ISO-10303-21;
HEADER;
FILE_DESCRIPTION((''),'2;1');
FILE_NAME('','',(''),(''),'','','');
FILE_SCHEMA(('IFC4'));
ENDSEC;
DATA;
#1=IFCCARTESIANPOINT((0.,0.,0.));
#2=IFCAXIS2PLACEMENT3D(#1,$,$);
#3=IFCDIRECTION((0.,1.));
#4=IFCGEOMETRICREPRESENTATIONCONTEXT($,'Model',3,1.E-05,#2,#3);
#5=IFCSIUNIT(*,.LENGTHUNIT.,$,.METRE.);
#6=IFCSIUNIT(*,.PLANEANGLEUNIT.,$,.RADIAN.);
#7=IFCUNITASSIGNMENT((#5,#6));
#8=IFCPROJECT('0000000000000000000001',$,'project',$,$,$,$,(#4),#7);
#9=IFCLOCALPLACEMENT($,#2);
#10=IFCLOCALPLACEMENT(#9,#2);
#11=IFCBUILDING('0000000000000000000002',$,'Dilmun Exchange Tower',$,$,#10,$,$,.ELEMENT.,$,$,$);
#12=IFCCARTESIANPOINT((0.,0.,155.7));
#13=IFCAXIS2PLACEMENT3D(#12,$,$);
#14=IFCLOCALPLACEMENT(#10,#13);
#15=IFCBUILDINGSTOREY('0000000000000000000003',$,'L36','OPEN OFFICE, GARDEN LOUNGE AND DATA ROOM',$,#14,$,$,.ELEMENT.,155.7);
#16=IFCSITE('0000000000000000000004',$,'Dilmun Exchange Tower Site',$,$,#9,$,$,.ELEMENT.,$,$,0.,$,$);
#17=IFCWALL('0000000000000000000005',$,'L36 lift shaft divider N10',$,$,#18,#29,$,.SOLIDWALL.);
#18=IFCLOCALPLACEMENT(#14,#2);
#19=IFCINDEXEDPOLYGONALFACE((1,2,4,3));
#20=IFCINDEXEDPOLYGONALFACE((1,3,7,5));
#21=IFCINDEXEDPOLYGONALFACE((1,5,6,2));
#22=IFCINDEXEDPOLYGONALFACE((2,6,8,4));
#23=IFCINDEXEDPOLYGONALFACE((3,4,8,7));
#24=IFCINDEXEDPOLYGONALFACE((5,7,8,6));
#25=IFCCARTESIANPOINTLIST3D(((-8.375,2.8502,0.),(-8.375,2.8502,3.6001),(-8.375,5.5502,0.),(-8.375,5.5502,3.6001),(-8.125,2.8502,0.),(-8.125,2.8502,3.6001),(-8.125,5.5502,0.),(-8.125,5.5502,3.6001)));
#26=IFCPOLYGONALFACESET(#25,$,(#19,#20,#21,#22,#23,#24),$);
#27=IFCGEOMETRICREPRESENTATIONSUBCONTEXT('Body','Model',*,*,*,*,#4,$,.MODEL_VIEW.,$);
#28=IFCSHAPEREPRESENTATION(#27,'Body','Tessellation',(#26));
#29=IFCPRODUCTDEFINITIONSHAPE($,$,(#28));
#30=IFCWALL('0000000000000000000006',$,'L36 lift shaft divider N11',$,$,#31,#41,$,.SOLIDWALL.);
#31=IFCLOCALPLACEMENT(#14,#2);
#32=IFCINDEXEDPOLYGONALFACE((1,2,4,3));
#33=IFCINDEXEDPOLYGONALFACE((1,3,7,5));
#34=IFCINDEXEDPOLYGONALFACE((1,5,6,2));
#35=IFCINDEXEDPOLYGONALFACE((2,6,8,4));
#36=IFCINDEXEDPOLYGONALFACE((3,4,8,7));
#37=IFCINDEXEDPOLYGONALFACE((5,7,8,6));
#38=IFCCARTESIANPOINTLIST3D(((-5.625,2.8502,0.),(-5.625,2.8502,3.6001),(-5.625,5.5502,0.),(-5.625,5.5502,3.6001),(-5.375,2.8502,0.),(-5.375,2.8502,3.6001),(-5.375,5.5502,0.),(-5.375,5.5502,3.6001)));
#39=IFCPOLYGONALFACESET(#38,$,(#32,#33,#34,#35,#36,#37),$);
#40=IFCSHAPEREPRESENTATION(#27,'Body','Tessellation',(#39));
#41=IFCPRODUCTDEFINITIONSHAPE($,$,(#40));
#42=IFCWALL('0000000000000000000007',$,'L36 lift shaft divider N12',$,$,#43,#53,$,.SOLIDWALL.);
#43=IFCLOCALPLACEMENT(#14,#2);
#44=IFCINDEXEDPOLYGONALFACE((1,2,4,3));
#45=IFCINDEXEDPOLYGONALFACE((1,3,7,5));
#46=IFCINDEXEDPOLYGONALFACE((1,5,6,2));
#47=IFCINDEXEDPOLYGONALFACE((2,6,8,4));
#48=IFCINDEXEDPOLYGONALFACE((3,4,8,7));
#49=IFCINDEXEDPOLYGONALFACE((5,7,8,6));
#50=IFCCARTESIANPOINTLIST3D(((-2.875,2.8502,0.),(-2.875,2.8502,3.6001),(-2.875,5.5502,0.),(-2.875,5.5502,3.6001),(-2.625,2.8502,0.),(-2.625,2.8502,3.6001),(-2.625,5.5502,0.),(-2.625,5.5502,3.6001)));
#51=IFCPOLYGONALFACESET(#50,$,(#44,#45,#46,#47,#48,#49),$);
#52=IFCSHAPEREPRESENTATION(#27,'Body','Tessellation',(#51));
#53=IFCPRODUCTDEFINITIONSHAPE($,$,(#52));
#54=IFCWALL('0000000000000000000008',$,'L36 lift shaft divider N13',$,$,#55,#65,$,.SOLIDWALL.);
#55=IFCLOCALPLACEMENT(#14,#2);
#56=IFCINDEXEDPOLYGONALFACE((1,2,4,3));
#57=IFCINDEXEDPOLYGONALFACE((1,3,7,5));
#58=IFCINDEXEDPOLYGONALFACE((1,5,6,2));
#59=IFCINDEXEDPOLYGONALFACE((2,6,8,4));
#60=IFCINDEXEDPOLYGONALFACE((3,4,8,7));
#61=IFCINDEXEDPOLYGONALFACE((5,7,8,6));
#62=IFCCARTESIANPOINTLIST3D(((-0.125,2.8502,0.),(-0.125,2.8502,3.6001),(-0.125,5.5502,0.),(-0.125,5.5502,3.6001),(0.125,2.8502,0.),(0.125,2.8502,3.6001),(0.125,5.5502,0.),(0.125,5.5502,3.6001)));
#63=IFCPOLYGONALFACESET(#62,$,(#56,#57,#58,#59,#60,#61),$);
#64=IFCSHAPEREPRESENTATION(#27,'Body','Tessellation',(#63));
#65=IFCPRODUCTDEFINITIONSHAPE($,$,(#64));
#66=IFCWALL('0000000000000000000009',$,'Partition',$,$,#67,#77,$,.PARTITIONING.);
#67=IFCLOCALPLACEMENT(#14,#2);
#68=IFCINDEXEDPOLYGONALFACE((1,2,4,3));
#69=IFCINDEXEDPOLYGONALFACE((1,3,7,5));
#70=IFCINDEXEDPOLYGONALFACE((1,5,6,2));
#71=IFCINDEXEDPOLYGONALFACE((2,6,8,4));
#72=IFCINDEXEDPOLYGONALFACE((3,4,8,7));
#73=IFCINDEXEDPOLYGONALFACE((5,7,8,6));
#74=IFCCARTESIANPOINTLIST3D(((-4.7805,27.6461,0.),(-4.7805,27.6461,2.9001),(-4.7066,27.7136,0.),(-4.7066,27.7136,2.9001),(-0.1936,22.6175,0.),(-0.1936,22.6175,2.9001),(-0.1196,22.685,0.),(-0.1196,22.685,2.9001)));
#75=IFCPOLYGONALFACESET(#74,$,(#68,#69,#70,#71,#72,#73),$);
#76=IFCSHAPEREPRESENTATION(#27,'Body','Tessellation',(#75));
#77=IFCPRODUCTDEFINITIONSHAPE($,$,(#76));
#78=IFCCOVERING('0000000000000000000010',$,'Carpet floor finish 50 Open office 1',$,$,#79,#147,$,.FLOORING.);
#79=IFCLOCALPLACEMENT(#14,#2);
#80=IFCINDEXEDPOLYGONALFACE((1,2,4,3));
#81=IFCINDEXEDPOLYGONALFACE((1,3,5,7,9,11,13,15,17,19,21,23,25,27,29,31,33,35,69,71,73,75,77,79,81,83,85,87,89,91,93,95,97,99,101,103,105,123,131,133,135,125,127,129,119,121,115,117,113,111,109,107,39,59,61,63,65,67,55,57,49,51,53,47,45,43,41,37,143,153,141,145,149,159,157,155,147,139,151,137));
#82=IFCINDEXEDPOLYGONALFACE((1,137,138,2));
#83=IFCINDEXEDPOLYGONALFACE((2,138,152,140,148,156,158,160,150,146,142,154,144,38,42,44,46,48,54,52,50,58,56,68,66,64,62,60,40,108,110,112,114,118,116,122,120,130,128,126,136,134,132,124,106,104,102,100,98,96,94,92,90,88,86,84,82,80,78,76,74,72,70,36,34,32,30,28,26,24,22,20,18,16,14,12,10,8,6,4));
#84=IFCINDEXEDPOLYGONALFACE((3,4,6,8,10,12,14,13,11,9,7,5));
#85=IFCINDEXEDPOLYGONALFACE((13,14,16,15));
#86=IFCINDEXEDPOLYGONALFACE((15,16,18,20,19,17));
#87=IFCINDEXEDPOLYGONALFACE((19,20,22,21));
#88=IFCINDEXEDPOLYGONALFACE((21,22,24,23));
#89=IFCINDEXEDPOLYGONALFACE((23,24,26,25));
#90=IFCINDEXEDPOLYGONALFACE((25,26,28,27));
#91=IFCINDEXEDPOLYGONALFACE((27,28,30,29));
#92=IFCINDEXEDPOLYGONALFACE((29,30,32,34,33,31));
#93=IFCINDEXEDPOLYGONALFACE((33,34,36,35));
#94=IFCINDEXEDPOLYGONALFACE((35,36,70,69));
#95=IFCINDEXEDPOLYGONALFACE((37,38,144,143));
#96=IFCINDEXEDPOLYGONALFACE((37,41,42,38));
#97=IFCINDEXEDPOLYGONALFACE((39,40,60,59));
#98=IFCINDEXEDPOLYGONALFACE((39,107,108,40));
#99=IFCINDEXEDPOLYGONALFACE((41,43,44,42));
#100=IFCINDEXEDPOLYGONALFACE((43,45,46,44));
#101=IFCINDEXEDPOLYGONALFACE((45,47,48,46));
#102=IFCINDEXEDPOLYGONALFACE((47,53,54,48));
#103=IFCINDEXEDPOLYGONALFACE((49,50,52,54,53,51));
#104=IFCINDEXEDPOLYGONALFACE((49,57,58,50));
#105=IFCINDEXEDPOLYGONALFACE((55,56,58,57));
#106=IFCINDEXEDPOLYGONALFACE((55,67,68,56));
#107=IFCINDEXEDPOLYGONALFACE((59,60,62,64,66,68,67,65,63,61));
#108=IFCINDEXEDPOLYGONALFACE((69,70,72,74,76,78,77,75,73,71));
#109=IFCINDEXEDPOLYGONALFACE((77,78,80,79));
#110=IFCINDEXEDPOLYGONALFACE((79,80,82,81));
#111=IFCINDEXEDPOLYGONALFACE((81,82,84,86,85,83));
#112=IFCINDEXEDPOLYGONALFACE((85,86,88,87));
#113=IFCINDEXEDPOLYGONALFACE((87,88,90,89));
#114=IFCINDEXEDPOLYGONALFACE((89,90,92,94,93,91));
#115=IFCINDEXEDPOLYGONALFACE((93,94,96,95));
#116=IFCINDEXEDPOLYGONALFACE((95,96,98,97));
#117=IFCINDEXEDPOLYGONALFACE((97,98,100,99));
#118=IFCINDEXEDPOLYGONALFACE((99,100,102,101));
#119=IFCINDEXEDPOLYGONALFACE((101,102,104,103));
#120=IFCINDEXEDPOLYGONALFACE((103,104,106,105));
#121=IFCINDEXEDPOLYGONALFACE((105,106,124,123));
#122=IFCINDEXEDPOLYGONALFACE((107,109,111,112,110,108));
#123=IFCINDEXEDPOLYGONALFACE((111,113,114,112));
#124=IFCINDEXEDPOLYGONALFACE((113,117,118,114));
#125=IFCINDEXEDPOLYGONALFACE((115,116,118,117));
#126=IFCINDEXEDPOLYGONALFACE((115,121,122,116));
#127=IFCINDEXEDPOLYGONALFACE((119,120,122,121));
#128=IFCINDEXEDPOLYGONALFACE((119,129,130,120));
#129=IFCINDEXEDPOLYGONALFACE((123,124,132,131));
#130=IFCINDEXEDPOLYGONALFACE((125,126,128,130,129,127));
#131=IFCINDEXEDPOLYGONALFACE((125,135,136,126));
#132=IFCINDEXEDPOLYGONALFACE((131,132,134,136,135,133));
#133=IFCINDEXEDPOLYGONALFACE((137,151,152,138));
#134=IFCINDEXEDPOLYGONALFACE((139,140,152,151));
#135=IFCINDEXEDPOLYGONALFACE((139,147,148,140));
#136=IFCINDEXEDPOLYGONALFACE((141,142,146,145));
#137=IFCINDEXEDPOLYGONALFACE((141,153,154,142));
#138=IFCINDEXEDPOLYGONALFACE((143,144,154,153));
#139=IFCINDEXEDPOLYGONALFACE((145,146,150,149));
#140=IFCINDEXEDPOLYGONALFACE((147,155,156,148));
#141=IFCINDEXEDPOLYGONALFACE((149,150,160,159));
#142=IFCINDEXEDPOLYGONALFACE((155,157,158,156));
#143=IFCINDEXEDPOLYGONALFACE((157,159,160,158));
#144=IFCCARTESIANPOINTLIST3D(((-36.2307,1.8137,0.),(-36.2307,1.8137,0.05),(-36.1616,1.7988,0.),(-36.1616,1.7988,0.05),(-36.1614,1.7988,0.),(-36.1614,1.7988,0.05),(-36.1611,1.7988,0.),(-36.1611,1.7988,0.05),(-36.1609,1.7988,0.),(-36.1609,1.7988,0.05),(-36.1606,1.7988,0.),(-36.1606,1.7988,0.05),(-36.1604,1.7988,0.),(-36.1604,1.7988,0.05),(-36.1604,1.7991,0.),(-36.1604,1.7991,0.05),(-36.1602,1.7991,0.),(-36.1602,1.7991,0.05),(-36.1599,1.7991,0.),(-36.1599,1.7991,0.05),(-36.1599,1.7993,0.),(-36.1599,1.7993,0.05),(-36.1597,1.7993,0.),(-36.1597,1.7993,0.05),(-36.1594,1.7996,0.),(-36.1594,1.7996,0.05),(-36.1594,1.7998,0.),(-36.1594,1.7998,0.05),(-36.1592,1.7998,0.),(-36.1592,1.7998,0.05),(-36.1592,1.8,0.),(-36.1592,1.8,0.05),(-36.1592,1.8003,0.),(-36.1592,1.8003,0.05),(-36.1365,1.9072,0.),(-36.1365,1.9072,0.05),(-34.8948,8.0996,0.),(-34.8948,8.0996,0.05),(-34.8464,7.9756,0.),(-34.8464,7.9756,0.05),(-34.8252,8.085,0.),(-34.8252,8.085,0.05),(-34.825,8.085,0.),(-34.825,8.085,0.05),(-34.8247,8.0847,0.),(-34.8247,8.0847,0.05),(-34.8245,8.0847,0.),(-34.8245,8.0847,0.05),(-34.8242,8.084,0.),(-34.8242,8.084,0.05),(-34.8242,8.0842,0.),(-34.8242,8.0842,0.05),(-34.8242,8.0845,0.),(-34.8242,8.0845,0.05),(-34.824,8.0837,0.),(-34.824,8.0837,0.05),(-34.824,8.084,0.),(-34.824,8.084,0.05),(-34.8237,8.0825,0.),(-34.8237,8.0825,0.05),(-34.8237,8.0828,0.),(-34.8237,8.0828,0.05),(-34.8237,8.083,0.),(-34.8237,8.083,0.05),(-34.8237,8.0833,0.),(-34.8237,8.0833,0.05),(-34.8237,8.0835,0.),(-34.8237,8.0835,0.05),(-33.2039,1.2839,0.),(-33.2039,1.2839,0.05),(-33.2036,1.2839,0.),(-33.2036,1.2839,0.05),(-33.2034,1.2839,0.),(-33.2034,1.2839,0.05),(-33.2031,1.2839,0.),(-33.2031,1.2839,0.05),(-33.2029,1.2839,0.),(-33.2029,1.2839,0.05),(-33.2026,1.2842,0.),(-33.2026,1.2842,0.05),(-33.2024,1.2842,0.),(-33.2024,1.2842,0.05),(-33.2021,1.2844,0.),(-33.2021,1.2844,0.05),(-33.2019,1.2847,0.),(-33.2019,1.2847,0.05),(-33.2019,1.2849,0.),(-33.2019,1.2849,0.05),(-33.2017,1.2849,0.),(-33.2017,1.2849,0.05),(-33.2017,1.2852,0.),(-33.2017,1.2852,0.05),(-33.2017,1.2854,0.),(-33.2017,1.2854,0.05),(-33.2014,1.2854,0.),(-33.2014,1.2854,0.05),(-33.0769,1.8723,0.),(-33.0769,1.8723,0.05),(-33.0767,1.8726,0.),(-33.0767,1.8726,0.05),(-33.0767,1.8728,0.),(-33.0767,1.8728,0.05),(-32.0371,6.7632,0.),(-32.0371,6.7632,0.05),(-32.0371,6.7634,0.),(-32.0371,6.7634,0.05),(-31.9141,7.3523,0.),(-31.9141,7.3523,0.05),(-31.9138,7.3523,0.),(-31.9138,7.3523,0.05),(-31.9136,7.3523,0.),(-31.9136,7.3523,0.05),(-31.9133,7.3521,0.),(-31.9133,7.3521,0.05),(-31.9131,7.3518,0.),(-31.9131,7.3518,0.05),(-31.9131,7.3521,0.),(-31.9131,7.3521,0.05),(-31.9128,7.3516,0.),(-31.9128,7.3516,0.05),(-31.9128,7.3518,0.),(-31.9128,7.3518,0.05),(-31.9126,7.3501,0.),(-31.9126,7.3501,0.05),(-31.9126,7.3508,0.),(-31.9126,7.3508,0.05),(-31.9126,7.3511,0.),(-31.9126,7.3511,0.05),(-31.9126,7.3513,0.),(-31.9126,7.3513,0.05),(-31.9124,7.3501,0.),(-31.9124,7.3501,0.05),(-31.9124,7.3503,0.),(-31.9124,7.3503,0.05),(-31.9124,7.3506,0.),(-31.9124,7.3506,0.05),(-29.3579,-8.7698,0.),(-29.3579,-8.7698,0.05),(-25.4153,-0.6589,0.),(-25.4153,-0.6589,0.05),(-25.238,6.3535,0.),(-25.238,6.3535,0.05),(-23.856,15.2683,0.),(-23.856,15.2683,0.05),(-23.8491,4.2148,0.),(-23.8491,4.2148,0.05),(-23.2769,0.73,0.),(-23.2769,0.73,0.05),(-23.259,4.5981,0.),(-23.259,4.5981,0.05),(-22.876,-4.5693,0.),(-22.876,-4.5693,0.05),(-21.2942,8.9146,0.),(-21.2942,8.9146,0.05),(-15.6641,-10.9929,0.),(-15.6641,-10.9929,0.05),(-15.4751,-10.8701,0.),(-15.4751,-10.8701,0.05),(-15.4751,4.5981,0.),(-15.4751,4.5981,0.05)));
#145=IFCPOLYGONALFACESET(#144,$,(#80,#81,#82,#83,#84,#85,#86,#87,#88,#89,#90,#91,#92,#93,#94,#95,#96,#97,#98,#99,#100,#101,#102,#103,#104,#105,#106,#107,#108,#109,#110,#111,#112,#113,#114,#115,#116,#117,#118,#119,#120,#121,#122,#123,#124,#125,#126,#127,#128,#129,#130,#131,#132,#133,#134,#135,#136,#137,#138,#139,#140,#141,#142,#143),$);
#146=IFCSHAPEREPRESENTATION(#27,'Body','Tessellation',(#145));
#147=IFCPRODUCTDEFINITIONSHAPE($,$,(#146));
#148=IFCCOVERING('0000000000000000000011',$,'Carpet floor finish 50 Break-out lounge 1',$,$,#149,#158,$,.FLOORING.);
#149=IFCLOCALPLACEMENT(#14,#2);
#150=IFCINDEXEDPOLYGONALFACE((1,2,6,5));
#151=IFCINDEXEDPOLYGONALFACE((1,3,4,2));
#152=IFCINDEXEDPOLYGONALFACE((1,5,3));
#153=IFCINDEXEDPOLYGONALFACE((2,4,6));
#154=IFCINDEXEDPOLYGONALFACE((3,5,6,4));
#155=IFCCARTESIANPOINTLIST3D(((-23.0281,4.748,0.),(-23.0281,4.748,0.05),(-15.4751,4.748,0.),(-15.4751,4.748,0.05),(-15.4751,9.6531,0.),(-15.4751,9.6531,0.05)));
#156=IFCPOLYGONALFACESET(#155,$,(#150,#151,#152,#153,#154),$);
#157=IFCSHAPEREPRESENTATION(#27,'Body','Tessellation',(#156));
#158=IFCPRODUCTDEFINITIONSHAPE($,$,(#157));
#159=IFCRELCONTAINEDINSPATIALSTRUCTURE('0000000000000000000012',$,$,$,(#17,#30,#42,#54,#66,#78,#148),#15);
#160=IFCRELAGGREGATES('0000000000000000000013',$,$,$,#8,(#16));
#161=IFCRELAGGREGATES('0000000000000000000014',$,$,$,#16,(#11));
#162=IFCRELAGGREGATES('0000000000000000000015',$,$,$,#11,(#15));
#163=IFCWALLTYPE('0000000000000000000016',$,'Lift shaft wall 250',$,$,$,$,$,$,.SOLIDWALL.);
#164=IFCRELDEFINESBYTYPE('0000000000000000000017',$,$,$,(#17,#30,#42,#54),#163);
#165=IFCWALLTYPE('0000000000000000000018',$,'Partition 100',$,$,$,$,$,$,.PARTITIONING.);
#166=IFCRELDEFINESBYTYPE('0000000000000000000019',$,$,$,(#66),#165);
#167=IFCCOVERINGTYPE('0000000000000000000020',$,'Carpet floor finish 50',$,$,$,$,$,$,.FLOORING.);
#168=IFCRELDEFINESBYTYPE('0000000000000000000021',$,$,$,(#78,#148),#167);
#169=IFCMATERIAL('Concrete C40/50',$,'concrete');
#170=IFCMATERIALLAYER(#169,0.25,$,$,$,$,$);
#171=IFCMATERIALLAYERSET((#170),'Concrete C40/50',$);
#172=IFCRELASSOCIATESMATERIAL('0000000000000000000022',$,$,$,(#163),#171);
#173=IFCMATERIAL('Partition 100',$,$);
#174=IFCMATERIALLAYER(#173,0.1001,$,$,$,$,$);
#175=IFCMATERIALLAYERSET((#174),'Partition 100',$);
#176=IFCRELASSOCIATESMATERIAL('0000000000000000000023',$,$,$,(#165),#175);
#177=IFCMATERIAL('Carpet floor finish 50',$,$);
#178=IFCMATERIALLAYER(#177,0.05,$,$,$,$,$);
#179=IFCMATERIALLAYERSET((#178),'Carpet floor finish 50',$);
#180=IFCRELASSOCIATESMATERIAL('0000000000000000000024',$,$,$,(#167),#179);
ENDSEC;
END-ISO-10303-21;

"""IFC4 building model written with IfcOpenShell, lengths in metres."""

from ifc_helpers import new_model, si_unit, direction, frame, frame_2d, origin, place, context, subcontext, project, spatial, polyline, rectangle, outline, extrude, material, layer, layer_set, type_object, element, save


model = new_model("IFC4")

# Units and contexts
model_context = context("Model", 3, precision=1e-05, world=origin(), true_north=direction((0.0, 1.0)))
body_context = subcontext(model_context, "Body", "Model", "MODEL_VIEW")
ifc_project = project(units=[si_unit("LENGTHUNIT", "METRE"), si_unit("PLANEANGLEUNIT", "RADIAN")], contexts=[model_context])

# Site, building, storey
site_placement = place(None, origin())
site = spatial("IfcSite", under=ifc_project, at=site_placement, Name="Dilmun Exchange Tower Site", CompositionType="ELEMENT", RefElevation=0.0)
building_placement = place(site_placement, origin())
building = spatial("IfcBuilding", under=site, at=building_placement, Name="Dilmun Exchange Tower", CompositionType="ELEMENT")
storey_placement = place(building_placement, frame((0.0, 0.0, 155.7)))
storey = spatial("IfcBuildingStorey", under=building, at=storey_placement, Name="L36", Description="OPEN OFFICE, GARDEN LOUNGE AND DATA ROOM", CompositionType="ELEMENT", Elevation=155.7)

# Shared definitions
ifc_material_1 = material(Name="Concrete C40/50", Category="concrete")

# Walls
ifc_layer_1 = layer(ifc_material_1, 0.25)
ifc_layer_set_1 = layer_set([ifc_layer_1], Name="Concrete C40/50")
wall_type_1 = type_object("IfcWallType", Name="Lift shaft wall 250", PredefinedType="SOLIDWALL", material=ifc_layer_set_1)
for number, where, z_axis, x_axis, name in (
    (1, (-8.25, 2.8501, 0.0), (0.0, 0.0, 1.0), (0.0, 1.0, 0.0), "L36 lift shaft divider N10"),
    (2, (-5.5, 2.8501, 0.0), (0.0, 0.0, 1.0), (0.0, 1.0, 0.0), "L36 lift shaft divider N11"),
    (3, (-2.75, 2.8501, 0.0), (0.0, 0.0, 1.0), (0.0, 1.0, 0.0), "L36 lift shaft divider N12"),
    (4, (0.0, 2.8501, 0.0), (0.0, 0.0, 1.0), (0.0, 1.0, 0.0), "L36 lift shaft divider N13"),
):
    element("IfcWall", number, at=place(storey_placement, frame(where, z_axis=z_axis, x_axis=x_axis)), inside=storey, type_object=wall_type_1, Name=name, PredefinedType="SOLIDWALL", context=body_context, shape_type="SweptSolid", body=[
        extrude(rectangle(XDim=2.7, YDim=0.25, at=frame_2d((1.3501, 0.0))), origin(), (0.0, 0.0, 1.0), 3.6001),
    ])
ifc_material_2 = material(Name="Partition 100")
ifc_layer_2 = layer(ifc_material_2, 0.1001)
ifc_layer_set_2 = layer_set([ifc_layer_2], Name="Partition 100")
wall_type_2 = type_object("IfcWallType", Name="Partition 100", PredefinedType="PARTITIONING", material=ifc_layer_set_2)
wall_1_placement = place(storey_placement, frame((-4.7437, 27.6799, 0.0), z_axis=(0.0, 0.0, 1.0), x_axis=(0.673918, -0.738806, 0.0)))
element("IfcWall", 5, at=wall_1_placement, inside=storey, type_object=wall_type_2, Name="Partition", PredefinedType="PARTITIONING", context=body_context, shape_type="SweptSolid", body=[
    extrude(rectangle(XDim=6.8064, YDim=0.1001, at=frame_2d((3.4033, 0.0))), origin(), (0.0, 0.0, 1.0), 2.9001),
])

# Coverings
ifc_material_3 = material(Name="Carpet floor finish 50")
ifc_layer_3 = layer(ifc_material_3, 0.05)
ifc_layer_set_3 = layer_set([ifc_layer_3], Name="Carpet floor finish 50")
covering_type_1 = type_object("IfcCoveringType", Name="Carpet floor finish 50", PredefinedType="FLOORING", material=ifc_layer_set_3)
covering_1_placement = place(storey_placement, origin())
element("IfcCovering", 6, at=covering_1_placement, inside=storey, type_object=covering_type_1, Name="Carpet floor finish 50 Open office 1", PredefinedType="FLOORING", context=body_context, shape_type="SweptSolid", body=[
    extrude(outline(polyline([(-23.2769, 0.73), (-25.4153, -0.6589), (-22.876, -4.5693), (-29.3579, -8.7698), (-36.2307, 1.8137), (-36.1616, 1.7988), (-36.1614, 1.7988), (-36.1611, 1.7988), (-36.1609, 1.7988), (-36.1606, 1.7988), (-36.1604, 1.7988), (-36.1604, 1.7991), (-36.1602, 1.7991), (-36.1599, 1.7991), (-36.1599, 1.7993), (-36.1597, 1.7993), (-36.1594, 1.7996), (-36.1594, 1.7998), (-36.1592, 1.7998), (-36.1592, 1.8), (-36.1592, 1.8003), (-36.1592, 1.8003), (-36.1365, 1.9072), (-33.2039, 1.2839), (-33.2036, 1.2839), (-33.2036, 1.2839), (-33.2034, 1.2839), (-33.2031, 1.2839), (-33.2029, 1.2839), (-33.2026, 1.2842), (-33.2024, 1.2842), (-33.2024, 1.2842), (-33.2021, 1.2844), (-33.2021, 1.2844), (-33.2019, 1.2847), (-33.2019, 1.2849), (-33.2017, 1.2849), (-33.2017, 1.2852), (-33.2017, 1.2854), (-33.2014, 1.2854), (-33.0769, 1.8723), (-33.0767, 1.8726), (-33.0767, 1.8728), (-32.0371, 6.7632), (-32.0371, 6.7632), (-32.0371, 6.7634), (-31.9126, 7.3501), (-31.9124, 7.3501), (-31.9124, 7.3503), (-31.9124, 7.3506), (-31.9126, 7.3508), (-31.9126, 7.3511), (-31.9126, 7.3513), (-31.9126, 7.3513), (-31.9128, 7.3516), (-31.9128, 7.3518), (-31.9131, 7.3518), (-31.9131, 7.3521), (-31.9133, 7.3521), (-31.9136, 7.3523), (-31.9136, 7.3523), (-31.9138, 7.3523), (-31.9141, 7.3523), (-34.8464, 7.9756), (-34.8237, 8.0825), (-34.8237, 8.0828), (-34.8237, 8.083), (-34.8237, 8.0833), (-34.8237, 8.0835), (-34.8237, 8.0835), (-34.824, 8.0837), (-34.824, 8.084), (-34.8242, 8.084), (-34.8242, 8.0842), (-34.8242, 8.0845), (-34.8245, 8.0847), (-34.8247, 8.0847), (-34.8247, 8.0847), (-34.825, 8.085), (-34.8252, 8.085), (-34.8252, 8.085), (-34.8948, 8.0996), (-23.856, 15.2683), (-21.2942, 8.9146), (-25.238, 6.3535), (-23.8491, 4.2148), (-23.259, 4.5981), (-15.4751, 4.5981), (-15.4751, -10.8701), (-15.6641, -10.9929), (-23.2769, 0.73)])), origin(), (0.0, 0.0, 1.0), 0.05),
])
covering_2_placement = place(storey_placement, origin())
element("IfcCovering", 7, at=covering_2_placement, inside=storey, type_object=covering_type_1, Name="Carpet floor finish 50 Break-out lounge 1", PredefinedType="FLOORING", context=body_context, shape_type="SweptSolid", body=[
    extrude(outline(polyline([(-15.4751, 4.748), (-23.0281, 4.748), (-15.4751, 9.6531), (-15.4751, 4.748)])), origin(), (0.0, 0.0, 1.0), 0.05),
])

save(model, "model.ifc")
